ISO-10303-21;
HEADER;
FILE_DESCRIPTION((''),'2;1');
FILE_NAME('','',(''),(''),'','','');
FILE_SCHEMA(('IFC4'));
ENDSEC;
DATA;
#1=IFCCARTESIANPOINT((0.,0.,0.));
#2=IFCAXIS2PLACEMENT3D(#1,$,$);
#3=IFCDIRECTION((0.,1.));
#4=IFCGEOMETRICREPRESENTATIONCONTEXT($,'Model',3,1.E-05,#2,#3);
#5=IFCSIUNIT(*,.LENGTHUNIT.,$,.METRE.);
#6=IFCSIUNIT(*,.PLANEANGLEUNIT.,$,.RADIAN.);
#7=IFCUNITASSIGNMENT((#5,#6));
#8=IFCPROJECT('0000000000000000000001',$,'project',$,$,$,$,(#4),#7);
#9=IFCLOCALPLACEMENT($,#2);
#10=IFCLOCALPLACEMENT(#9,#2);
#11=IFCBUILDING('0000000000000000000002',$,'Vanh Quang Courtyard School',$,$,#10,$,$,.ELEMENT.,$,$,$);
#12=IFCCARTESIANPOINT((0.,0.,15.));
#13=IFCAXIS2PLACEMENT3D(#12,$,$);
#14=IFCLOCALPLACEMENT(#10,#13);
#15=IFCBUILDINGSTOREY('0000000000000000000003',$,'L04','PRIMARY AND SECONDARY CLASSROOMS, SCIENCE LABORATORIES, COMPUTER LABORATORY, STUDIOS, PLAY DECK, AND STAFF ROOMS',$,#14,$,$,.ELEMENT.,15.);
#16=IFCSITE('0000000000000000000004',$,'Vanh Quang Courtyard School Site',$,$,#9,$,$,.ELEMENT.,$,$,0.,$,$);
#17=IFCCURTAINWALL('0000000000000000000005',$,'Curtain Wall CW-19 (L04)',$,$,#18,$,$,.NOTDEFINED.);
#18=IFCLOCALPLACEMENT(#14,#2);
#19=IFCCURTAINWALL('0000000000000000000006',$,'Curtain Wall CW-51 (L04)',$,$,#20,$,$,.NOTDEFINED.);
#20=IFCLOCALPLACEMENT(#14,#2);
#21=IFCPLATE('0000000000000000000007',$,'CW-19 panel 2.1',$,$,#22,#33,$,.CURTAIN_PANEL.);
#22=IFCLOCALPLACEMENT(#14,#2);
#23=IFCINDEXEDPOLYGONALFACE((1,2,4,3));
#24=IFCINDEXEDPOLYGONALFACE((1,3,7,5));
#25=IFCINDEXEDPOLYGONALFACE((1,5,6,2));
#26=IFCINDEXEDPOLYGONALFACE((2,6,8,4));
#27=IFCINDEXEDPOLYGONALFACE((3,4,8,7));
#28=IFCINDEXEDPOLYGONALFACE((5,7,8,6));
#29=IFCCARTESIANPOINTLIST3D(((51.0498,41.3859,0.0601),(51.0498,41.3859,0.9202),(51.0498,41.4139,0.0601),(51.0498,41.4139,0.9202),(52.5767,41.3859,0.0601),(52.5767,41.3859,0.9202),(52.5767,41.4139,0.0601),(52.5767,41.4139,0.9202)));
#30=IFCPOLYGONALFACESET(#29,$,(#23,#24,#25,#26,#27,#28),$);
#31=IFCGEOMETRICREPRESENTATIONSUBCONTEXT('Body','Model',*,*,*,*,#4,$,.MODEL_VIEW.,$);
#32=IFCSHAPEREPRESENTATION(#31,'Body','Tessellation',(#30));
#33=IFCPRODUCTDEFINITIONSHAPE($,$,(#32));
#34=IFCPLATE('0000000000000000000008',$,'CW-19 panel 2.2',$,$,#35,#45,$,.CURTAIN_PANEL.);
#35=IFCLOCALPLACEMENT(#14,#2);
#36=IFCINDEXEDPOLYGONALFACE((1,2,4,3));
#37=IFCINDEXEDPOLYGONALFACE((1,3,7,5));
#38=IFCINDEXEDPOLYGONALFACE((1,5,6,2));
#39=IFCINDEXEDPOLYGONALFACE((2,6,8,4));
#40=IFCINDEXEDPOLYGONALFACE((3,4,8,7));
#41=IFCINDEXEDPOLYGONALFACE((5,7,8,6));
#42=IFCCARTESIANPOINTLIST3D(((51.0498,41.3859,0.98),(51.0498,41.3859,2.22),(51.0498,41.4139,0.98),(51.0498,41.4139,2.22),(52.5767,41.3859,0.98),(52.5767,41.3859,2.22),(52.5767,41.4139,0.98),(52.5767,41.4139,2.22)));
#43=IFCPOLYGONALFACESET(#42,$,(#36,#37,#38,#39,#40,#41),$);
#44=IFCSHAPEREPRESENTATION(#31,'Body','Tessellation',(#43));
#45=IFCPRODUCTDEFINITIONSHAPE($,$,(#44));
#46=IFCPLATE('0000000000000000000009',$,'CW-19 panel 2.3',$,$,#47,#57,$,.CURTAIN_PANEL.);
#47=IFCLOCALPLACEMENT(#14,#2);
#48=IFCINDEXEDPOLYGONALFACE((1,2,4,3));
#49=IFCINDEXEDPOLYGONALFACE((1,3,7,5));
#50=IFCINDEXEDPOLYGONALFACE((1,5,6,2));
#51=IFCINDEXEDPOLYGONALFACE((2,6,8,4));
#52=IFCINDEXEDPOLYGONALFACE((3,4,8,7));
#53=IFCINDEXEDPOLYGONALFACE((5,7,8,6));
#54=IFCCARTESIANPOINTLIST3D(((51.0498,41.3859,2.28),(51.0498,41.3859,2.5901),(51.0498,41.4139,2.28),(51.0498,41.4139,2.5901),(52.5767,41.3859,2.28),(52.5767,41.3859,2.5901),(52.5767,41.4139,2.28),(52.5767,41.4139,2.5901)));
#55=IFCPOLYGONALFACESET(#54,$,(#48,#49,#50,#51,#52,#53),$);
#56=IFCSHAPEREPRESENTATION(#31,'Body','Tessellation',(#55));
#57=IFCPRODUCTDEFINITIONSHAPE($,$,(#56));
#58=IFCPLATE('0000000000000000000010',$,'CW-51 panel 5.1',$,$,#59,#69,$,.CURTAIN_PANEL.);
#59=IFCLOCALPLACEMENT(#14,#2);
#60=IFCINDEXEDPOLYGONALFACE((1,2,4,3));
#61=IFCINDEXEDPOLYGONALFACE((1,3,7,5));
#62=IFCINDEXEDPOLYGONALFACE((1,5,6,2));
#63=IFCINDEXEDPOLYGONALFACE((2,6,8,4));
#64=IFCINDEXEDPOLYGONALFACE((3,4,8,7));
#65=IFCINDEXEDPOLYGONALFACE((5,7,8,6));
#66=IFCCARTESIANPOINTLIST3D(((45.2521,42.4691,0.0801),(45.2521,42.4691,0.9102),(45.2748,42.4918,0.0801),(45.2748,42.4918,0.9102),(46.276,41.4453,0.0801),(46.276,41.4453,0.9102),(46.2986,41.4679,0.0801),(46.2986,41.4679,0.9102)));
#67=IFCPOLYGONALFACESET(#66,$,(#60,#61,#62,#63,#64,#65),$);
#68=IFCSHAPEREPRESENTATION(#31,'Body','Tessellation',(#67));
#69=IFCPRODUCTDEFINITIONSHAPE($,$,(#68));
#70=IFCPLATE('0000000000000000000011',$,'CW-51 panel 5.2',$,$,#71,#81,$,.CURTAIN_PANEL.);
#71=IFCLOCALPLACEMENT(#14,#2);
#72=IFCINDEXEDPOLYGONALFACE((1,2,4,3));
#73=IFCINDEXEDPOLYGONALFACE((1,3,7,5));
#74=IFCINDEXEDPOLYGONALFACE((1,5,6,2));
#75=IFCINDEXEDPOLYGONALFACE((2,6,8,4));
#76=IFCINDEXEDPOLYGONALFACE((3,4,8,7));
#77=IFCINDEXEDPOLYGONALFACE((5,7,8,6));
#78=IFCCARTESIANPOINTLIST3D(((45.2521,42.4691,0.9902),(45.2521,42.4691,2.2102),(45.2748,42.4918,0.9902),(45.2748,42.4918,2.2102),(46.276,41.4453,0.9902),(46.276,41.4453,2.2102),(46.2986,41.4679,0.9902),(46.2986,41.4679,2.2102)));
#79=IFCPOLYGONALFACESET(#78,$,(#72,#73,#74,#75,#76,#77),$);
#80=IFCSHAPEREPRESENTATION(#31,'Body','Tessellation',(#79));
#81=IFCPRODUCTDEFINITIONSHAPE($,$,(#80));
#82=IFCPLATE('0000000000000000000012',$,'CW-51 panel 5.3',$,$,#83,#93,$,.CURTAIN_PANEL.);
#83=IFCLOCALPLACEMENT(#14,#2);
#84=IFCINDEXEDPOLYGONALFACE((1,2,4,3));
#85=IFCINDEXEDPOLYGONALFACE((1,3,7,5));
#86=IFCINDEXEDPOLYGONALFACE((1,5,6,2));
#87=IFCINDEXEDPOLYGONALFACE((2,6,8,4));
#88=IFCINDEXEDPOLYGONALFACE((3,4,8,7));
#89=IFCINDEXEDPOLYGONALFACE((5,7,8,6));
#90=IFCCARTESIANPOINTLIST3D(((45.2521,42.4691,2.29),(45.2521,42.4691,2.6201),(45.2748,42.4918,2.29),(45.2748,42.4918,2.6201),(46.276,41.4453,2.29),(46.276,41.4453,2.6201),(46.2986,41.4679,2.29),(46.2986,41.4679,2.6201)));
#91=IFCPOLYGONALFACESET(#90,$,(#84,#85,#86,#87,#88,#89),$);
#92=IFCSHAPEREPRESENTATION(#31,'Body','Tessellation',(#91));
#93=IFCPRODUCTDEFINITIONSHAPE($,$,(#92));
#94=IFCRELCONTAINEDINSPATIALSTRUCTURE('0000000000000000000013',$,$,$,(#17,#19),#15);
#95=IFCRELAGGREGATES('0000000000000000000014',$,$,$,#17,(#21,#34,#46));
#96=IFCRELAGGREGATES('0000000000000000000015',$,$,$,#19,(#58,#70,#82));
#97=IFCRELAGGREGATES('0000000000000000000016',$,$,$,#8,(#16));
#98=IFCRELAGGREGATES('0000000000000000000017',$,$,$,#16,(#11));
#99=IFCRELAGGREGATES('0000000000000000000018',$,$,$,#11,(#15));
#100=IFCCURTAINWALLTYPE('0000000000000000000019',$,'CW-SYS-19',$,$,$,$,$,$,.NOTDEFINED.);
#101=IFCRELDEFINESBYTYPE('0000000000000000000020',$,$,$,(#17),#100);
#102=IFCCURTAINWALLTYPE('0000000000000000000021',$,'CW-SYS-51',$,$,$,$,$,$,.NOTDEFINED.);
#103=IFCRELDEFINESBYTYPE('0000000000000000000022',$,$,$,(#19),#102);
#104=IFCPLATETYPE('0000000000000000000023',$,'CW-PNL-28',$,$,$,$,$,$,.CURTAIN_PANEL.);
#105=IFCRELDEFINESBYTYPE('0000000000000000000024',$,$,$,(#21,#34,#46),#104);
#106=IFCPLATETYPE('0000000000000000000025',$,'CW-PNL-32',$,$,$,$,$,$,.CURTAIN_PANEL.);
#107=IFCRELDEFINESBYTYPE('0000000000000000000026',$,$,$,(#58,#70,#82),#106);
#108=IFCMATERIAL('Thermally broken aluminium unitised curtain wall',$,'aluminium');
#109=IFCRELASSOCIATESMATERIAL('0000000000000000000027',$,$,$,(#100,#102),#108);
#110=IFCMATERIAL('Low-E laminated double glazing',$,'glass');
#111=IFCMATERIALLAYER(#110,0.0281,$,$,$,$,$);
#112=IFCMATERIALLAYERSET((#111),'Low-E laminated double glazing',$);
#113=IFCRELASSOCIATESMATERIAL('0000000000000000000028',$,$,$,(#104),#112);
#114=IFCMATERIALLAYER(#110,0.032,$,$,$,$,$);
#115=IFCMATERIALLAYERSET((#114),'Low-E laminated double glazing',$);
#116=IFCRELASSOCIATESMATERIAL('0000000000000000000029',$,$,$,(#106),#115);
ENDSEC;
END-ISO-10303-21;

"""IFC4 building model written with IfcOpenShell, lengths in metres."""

from ifc_helpers import new_model, si_unit, direction, frame, origin, origin_2d, place, context, subcontext, project, spatial, rectangle, extrude, material, layer, layer_set, type_object, element, aggregate, save


model = new_model("IFC4")

# Units and contexts
model_context = context("Model", 3, precision=1e-05, world=origin(), true_north=direction((0.0, 1.0)))
body_context = subcontext(model_context, "Body", "Model", "MODEL_VIEW")
ifc_project = project(units=[si_unit("LENGTHUNIT", "METRE"), si_unit("PLANEANGLEUNIT", "RADIAN")], contexts=[model_context])

# Site, building, storey
site_placement = place(None, origin())
site = spatial("IfcSite", under=ifc_project, at=site_placement, Name="Vanh Quang Courtyard School Site", CompositionType="ELEMENT", RefElevation=0.0)
building_placement = place(site_placement, origin())
building = spatial("IfcBuilding", under=site, at=building_placement, Name="Vanh Quang Courtyard School", CompositionType="ELEMENT")
storey_placement = place(building_placement, frame((0.0, 0.0, 15.0)))
storey = spatial("IfcBuildingStorey", under=building, at=storey_placement, Name="L04", Description="PRIMARY AND SECONDARY CLASSROOMS, SCIENCE LABORATORIES, COMPUTER LABORATORY, STUDIOS, PLAY DECK, AND STAFF ROOMS", CompositionType="ELEMENT", Elevation=15.0)

# Curtain walls
ifc_material_1 = material(Name="Thermally broken aluminium unitised curtain wall", Category="aluminium")
curtain_wall_type_1 = type_object("IfcCurtainWallType", Name="CW-SYS-19", PredefinedType="NOTDEFINED", material=ifc_material_1)
curtain_wall_1_placement = place(storey_placement, origin())
curtain_wall_1 = element("IfcCurtainWall", 1, at=curtain_wall_1_placement, inside=storey, type_object=curtain_wall_type_1, Name="Curtain Wall CW-19 (L04)", PredefinedType="NOTDEFINED")
curtain_wall_type_2 = type_object("IfcCurtainWallType", Name="CW-SYS-51", PredefinedType="NOTDEFINED", material=ifc_material_1)
curtain_wall_2_placement = place(storey_placement, origin())
curtain_wall_2 = element("IfcCurtainWall", 2, at=curtain_wall_2_placement, inside=storey, type_object=curtain_wall_type_2, Name="Curtain Wall CW-51 (L04)", PredefinedType="NOTDEFINED")

# Plates
ifc_material_2 = material(Name="Low-E laminated double glazing", Category="glass")
ifc_layer_1 = layer(ifc_material_2, 0.0281)
ifc_layer_set_1 = layer_set([ifc_layer_1], Name="Low-E laminated double glazing")
plate_type_1 = type_object("IfcPlateType", Name="CW-PNL-28", PredefinedType="CURTAIN_PANEL", material=ifc_layer_set_1)
plate_1_placement = place(storey_placement, frame((51.8132, 41.3999, 0.0601), z_axis=(0.0, 0.0, 1.0), x_axis=(1.0, 0.0, 0.0)))
plate_1 = element("IfcPlate", 3, at=plate_1_placement, type_object=plate_type_1, Name="CW-19 panel 2.1", PredefinedType="CURTAIN_PANEL", context=body_context, shape_type="SweptSolid", body=[
    extrude(rectangle(XDim=1.5269, YDim=0.0281, at=origin_2d()), origin(), (0.0, 0.0, 1.0), 0.8601),
])
plate_2_placement = place(storey_placement, frame((51.8132, 41.3999, 0.98), z_axis=(0.0, 0.0, 1.0), x_axis=(1.0, 0.0, 0.0)))
plate_2 = element("IfcPlate", 4, at=plate_2_placement, type_object=plate_type_1, Name="CW-19 panel 2.2", PredefinedType="CURTAIN_PANEL", context=body_context, shape_type="SweptSolid", body=[
    extrude(rectangle(XDim=1.5269, YDim=0.0281, at=origin_2d()), origin(), (0.0, 0.0, 1.0), 1.24),
])
plate_3_placement = place(storey_placement, frame((51.8132, 41.3999, 2.28), z_axis=(0.0, 0.0, 1.0), x_axis=(1.0, 0.0, 0.0)))
plate_3 = element("IfcPlate", 5, at=plate_3_placement, type_object=plate_type_1, Name="CW-19 panel 2.3", PredefinedType="CURTAIN_PANEL", context=body_context, shape_type="SweptSolid", body=[
    extrude(rectangle(XDim=1.5269, YDim=0.0281, at=origin_2d()), origin(), (0.0, 0.0, 1.0), 0.3101),
])
aggregate(curtain_wall_1, [plate_1, plate_2, plate_3])
ifc_layer_2 = layer(ifc_material_2, 0.032)
ifc_layer_set_2 = layer_set([ifc_layer_2], Name="Low-E laminated double glazing")
plate_type_2 = type_object("IfcPlateType", Name="CW-PNL-32", PredefinedType="CURTAIN_PANEL", material=ifc_layer_set_2)
plate_4_placement = place(storey_placement, frame((45.7754, 41.9685, 0.0801), z_axis=(0.0, 0.0, 1.0), x_axis=(0.707107, -0.707107, 0.0)))
plate_4 = element("IfcPlate", 6, at=plate_4_placement, type_object=plate_type_2, Name="CW-51 panel 5.1", PredefinedType="CURTAIN_PANEL", context=body_context, shape_type="SweptSolid", body=[
    extrude(rectangle(XDim=1.448, YDim=0.032, at=origin_2d()), origin(), (0.0, 0.0, 1.0), 0.8301),
])
plate_5_placement = place(storey_placement, frame((45.7754, 41.9685, 0.9902), z_axis=(0.0, 0.0, 1.0), x_axis=(0.707107, -0.707107, 0.0)))
plate_5 = element("IfcPlate", 7, at=plate_5_placement, type_object=plate_type_2, Name="CW-51 panel 5.2", PredefinedType="CURTAIN_PANEL", context=body_context, shape_type="SweptSolid", body=[
    extrude(rectangle(XDim=1.448, YDim=0.032, at=origin_2d()), origin(), (0.0, 0.0, 1.0), 1.22),
])
plate_6_placement = place(storey_placement, frame((45.7754, 41.9685, 2.29), z_axis=(0.0, 0.0, 1.0), x_axis=(0.707107, -0.707107, 0.0)))
plate_6 = element("IfcPlate", 8, at=plate_6_placement, type_object=plate_type_2, Name="CW-51 panel 5.3", PredefinedType="CURTAIN_PANEL", context=body_context, shape_type="SweptSolid", body=[
    extrude(rectangle(XDim=1.448, YDim=0.032, at=origin_2d()), origin(), (0.0, 0.0, 1.0), 0.3301),
])
aggregate(curtain_wall_2, [plate_4, plate_5, plate_6])

save(model, "model.ifc")
